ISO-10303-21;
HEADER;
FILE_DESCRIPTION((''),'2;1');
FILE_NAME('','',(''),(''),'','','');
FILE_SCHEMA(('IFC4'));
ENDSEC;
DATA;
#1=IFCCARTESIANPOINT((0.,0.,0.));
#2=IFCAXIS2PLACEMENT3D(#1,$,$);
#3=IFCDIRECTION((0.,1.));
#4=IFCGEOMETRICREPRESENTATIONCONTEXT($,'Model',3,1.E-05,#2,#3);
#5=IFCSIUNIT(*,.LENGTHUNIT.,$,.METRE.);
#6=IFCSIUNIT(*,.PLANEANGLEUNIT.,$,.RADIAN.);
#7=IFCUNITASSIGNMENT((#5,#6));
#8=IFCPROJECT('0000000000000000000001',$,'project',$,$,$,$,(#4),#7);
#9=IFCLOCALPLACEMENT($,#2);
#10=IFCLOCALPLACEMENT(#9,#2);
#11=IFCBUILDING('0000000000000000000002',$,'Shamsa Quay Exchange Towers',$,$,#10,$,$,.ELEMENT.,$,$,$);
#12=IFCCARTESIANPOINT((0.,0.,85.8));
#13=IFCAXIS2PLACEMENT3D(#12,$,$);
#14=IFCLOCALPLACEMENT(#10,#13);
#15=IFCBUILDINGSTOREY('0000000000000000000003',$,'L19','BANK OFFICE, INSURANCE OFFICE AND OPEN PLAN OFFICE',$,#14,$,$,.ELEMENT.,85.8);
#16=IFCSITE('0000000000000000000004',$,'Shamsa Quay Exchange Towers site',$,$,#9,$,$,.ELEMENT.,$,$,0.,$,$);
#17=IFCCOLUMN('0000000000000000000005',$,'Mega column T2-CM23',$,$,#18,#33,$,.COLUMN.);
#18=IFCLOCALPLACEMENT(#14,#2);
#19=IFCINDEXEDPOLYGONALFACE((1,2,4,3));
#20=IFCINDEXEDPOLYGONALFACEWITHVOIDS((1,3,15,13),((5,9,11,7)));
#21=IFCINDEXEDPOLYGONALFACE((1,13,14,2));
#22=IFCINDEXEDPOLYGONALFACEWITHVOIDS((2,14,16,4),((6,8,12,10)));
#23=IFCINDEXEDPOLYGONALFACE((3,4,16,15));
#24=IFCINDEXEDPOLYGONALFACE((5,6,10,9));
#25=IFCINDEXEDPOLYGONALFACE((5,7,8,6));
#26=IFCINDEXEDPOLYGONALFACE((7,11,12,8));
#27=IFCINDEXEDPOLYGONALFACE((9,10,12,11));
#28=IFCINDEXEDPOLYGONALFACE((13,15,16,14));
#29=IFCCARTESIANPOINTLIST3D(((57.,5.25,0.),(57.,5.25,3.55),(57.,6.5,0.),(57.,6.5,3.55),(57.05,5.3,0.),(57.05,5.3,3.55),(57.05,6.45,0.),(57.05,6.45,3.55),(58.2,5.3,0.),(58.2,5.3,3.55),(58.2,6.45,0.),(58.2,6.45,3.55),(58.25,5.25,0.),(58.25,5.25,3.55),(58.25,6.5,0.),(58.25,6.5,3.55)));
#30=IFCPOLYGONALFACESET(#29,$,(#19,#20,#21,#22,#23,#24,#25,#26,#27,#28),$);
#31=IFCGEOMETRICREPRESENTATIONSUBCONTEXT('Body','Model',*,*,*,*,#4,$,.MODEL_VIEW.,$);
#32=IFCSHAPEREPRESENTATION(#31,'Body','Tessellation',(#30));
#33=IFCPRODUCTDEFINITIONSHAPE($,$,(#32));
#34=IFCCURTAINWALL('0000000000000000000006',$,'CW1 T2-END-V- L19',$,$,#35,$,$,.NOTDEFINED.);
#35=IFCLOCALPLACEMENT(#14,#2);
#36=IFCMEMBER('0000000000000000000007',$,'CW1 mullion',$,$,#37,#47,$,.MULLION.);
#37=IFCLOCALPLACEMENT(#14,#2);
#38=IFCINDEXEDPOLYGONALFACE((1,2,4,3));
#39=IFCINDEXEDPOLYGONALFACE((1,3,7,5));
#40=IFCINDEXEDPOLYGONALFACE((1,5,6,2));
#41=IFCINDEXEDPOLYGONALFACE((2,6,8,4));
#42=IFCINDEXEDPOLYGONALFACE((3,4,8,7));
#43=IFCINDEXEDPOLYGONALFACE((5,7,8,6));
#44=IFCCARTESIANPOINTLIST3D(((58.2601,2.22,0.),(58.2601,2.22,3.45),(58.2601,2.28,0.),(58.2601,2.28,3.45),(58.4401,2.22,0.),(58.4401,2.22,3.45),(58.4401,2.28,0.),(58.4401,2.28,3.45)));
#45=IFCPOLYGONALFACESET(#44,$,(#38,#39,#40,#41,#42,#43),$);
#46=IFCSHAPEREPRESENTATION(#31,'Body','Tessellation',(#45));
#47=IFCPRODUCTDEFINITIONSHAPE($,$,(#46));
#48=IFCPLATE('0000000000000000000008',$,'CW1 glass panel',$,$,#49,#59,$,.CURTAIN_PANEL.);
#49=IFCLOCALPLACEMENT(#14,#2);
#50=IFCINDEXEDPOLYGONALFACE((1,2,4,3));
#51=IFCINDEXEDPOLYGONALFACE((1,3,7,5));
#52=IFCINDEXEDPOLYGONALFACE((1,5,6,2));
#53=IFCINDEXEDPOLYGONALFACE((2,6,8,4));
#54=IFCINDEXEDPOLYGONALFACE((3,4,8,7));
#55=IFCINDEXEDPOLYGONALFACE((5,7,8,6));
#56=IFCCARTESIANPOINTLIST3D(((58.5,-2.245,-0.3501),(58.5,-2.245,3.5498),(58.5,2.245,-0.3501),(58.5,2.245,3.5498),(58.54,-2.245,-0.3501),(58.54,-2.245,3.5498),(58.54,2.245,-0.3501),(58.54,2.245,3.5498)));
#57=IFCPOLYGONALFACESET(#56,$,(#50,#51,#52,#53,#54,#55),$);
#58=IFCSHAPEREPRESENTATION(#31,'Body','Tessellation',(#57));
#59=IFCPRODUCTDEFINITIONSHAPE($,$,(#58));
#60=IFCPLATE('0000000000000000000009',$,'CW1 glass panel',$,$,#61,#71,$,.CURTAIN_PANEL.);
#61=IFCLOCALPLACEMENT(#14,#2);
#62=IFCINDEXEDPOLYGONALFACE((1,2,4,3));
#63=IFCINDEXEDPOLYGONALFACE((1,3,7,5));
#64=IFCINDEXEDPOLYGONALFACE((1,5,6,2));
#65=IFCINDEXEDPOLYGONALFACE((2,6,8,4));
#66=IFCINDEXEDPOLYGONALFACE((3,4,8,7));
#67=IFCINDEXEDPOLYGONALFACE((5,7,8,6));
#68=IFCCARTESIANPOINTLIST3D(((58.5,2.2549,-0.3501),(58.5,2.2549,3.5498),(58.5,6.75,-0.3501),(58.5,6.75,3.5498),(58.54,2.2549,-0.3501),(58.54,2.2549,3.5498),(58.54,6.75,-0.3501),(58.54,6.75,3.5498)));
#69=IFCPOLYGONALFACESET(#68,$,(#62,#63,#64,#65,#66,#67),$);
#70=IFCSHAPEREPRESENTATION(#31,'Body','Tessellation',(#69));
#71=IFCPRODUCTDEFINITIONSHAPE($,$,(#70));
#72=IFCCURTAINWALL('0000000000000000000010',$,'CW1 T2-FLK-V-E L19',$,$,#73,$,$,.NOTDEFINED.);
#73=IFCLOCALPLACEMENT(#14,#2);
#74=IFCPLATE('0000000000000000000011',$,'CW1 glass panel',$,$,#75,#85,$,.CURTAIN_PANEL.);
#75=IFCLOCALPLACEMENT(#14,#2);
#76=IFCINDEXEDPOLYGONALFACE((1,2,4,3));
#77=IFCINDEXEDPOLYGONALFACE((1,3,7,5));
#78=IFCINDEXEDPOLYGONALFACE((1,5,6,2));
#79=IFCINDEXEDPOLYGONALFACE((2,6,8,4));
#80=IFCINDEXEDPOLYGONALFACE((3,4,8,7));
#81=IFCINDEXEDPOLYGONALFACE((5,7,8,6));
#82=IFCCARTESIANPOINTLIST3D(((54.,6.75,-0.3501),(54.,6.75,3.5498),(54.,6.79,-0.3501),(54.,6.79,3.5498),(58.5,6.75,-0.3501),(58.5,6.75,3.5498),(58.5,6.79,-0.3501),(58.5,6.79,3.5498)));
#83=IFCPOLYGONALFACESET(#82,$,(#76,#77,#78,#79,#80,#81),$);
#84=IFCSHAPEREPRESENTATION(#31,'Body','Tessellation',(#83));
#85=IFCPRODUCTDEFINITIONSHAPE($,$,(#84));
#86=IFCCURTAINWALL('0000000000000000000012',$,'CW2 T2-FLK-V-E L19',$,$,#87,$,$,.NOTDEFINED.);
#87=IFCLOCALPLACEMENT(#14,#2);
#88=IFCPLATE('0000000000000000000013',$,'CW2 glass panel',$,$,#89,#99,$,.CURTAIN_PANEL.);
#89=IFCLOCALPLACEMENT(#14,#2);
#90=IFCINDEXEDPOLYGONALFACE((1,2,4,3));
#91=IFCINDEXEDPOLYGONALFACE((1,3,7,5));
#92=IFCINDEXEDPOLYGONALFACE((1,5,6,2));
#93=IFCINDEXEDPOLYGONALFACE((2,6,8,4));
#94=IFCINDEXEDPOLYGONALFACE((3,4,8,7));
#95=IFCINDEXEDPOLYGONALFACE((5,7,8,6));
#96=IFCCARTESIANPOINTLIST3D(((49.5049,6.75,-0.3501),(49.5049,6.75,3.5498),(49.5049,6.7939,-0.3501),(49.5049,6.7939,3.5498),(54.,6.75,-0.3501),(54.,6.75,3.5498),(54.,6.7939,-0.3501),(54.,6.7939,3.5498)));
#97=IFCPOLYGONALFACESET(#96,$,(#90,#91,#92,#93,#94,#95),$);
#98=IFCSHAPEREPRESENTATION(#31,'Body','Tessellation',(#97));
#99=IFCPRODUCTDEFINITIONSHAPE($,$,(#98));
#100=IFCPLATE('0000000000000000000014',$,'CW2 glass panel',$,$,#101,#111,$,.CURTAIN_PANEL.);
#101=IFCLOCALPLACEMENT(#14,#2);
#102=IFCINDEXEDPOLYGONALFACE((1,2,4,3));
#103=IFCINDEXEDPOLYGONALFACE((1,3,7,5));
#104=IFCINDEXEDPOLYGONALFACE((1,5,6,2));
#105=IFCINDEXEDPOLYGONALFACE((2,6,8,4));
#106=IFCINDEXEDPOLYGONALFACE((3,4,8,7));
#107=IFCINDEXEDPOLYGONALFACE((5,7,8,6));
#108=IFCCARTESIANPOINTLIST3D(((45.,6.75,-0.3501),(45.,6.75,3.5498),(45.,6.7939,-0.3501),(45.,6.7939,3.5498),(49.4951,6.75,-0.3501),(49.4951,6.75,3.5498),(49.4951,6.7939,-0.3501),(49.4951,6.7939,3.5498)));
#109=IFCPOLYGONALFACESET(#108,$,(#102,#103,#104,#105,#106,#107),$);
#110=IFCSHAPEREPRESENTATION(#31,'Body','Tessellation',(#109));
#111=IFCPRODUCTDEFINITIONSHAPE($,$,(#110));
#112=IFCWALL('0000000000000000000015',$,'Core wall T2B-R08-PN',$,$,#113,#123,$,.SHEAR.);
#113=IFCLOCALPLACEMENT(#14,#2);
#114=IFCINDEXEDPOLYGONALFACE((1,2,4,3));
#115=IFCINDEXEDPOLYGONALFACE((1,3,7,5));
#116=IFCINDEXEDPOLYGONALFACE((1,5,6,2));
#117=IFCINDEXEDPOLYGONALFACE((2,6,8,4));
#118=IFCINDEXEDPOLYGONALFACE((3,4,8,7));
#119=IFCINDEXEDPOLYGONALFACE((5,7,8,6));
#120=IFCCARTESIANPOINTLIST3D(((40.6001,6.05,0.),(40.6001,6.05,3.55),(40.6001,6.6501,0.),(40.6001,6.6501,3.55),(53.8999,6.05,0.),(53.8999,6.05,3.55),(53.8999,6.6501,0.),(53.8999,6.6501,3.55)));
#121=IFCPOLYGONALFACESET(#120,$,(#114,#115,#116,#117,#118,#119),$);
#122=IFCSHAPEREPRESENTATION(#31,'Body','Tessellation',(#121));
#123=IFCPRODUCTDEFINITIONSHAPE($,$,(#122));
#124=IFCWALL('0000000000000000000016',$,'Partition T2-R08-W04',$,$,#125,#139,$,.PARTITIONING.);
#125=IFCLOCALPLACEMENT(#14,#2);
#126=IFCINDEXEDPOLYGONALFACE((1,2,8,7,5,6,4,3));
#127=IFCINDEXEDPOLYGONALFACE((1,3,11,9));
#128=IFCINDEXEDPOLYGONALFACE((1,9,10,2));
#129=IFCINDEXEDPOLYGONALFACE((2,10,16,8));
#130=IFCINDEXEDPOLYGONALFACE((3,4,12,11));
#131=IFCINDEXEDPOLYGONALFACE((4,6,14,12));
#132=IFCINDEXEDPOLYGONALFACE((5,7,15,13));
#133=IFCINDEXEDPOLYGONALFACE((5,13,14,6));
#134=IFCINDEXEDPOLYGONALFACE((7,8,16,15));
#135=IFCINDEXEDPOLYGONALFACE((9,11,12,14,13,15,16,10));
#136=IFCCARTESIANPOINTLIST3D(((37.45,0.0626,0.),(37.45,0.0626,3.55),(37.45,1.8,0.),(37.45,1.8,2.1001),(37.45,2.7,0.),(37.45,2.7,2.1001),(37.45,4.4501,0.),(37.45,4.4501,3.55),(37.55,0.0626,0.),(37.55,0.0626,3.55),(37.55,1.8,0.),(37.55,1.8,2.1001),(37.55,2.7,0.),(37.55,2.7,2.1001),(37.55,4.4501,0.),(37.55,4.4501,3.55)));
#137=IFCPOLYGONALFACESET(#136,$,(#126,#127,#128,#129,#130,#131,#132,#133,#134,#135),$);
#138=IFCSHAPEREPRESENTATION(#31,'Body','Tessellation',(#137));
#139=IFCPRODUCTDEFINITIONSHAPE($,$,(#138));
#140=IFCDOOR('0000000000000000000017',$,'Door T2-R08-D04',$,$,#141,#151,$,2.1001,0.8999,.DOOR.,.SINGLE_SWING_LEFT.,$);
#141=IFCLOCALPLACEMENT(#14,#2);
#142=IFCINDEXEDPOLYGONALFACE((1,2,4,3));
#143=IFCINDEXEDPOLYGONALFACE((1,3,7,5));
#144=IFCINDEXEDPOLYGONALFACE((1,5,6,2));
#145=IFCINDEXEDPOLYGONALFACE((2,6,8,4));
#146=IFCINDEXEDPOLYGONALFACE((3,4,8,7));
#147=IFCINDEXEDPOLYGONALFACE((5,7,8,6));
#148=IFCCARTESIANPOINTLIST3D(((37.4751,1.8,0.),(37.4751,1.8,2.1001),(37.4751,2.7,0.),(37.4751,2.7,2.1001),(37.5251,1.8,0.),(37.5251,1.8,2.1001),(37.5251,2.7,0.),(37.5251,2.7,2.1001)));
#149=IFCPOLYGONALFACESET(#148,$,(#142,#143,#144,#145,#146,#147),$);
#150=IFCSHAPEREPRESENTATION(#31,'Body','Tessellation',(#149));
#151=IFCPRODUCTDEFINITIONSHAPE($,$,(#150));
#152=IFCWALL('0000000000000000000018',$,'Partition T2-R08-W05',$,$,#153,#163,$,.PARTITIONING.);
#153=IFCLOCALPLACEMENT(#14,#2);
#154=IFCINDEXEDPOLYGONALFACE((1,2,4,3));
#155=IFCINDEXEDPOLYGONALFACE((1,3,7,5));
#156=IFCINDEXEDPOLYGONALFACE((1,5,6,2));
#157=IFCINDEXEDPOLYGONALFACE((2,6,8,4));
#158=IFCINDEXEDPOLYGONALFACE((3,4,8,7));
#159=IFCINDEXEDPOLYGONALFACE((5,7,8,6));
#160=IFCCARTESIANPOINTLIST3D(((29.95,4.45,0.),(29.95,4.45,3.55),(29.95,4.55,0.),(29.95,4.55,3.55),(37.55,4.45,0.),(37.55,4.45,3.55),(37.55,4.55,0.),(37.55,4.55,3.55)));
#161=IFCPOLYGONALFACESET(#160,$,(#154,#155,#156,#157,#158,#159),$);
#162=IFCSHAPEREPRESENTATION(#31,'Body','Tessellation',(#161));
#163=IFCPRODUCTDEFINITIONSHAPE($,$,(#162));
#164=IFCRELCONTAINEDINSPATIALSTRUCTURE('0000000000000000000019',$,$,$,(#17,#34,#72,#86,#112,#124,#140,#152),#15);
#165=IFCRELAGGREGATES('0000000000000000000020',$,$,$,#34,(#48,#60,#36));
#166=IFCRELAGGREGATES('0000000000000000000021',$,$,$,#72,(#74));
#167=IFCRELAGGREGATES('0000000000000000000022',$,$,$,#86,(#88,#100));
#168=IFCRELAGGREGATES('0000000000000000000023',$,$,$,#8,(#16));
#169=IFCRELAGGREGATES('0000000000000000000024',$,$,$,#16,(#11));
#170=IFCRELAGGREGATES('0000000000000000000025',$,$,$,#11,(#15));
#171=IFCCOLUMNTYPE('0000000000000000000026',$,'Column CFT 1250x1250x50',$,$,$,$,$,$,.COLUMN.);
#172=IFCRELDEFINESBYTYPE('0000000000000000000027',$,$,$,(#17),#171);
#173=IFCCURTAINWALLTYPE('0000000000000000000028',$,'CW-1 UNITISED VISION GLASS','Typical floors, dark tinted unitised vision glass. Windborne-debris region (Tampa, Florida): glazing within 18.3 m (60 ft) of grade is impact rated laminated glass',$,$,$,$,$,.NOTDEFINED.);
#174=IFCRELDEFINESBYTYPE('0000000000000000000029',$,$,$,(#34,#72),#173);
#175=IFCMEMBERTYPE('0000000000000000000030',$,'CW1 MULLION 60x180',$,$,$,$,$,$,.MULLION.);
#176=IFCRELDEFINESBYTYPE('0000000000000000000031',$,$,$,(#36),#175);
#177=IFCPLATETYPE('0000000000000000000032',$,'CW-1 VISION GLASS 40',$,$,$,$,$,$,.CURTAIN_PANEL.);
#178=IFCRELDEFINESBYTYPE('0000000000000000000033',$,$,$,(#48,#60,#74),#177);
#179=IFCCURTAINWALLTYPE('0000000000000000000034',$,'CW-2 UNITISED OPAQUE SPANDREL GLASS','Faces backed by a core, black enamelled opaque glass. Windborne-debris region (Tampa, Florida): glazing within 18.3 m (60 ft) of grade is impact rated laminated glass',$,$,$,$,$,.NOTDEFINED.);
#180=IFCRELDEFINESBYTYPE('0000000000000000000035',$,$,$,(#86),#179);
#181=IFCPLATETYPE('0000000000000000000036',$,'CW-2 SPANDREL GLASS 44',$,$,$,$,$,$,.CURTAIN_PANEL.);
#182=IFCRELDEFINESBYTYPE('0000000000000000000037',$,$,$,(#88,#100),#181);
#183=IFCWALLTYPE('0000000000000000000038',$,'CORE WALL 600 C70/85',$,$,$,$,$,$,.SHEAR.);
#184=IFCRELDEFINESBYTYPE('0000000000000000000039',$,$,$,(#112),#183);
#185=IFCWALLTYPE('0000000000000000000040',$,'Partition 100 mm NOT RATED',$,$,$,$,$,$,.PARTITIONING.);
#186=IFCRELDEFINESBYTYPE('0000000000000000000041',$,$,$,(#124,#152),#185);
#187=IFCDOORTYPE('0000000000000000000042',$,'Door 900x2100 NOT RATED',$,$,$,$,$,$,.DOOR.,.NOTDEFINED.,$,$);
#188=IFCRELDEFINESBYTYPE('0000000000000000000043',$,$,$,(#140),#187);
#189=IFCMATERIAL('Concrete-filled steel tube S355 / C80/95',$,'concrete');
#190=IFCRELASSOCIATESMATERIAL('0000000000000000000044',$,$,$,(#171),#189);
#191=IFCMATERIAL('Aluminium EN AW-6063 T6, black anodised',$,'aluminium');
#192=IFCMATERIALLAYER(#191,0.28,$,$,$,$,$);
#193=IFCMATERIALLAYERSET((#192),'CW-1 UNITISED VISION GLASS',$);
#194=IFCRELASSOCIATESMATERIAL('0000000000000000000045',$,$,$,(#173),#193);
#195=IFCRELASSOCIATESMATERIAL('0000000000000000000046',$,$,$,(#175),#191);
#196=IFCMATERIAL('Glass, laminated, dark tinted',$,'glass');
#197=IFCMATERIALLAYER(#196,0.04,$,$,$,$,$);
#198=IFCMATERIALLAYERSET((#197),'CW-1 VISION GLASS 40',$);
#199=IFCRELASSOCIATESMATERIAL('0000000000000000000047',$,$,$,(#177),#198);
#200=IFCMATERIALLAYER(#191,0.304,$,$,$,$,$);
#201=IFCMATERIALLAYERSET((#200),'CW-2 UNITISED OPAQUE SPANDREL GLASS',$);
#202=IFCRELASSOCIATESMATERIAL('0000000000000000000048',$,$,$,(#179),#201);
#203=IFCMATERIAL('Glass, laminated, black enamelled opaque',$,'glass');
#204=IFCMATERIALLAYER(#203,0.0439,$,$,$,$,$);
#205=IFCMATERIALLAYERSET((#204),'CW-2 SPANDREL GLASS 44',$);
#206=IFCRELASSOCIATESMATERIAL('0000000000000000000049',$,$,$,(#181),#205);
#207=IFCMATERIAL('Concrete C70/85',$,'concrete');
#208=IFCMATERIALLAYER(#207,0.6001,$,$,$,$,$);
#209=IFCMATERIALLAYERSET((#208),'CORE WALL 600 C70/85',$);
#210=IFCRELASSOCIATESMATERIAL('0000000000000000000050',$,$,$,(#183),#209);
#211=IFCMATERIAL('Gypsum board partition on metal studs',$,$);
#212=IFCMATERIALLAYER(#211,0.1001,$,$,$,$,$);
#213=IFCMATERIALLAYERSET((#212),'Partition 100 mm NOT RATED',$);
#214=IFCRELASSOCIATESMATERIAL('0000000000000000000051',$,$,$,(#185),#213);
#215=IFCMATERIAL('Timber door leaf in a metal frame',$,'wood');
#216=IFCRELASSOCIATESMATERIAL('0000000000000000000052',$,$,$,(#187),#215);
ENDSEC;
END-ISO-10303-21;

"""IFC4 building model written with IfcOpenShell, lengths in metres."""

from ifc_helpers import new_model, si_unit, direction, frame, frame_2d, origin, origin_2d, place, context, subcontext, project, spatial, rectangle, hollow_rectangle, extrude, material, layer, layer_set, material_profile, profile_set, type_object, element, fill, aggregate, save


model = new_model("IFC4")

# Units and contexts
model_context = context("Model", 3, precision=1e-05, world=origin(), true_north=direction((0.0, 1.0)))
body_context = subcontext(model_context, "Body", "Model", "MODEL_VIEW")
ifc_project = project(units=[si_unit("LENGTHUNIT", "METRE"), si_unit("PLANEANGLEUNIT", "RADIAN")], contexts=[model_context])

# Site, building, storey
site_placement = place(None, origin())
site = spatial("IfcSite", under=ifc_project, at=site_placement, Name="Shamsa Quay Exchange Towers site", CompositionType="ELEMENT", RefElevation=0.0)
building_placement = place(site_placement, origin())
building = spatial("IfcBuilding", under=site, at=building_placement, Name="Shamsa Quay Exchange Towers", CompositionType="ELEMENT")
storey_placement = place(building_placement, frame((0.0, 0.0, 85.8)))
storey = spatial("IfcBuildingStorey", under=building, at=storey_placement, Name="L19", Description="BANK OFFICE, INSURANCE OFFICE AND OPEN PLAN OFFICE", CompositionType="ELEMENT", Elevation=85.8)

# Column
ifc_material_1 = material(Name="Concrete-filled steel tube S355 / C80/95", Category="concrete")
ifc_material_profile_1 = material_profile(ifc_material_1, hollow_rectangle(XDim=1.25, YDim=1.25, WallThickness=0.05, at=origin_2d()), Name="CFT 1250x1250x50")
ifc_profile_set_1 = profile_set([ifc_material_profile_1], Name="Concrete-filled steel tube S355 / C80/95")
column_type = type_object("IfcColumnType", Name="Column CFT 1250x1250x50", PredefinedType="COLUMN", material=ifc_profile_set_1)
column_placement = place(storey_placement, frame((57.625, 5.875, 0.0)))
element("IfcColumn", 1, at=column_placement, inside=storey, type_object=column_type, Name="Mega column T2-CM23", PredefinedType="COLUMN", context=body_context, shape_type="SweptSolid", body=[
    extrude(hollow_rectangle(XDim=1.25, YDim=1.25, WallThickness=0.05, at=origin_2d()), origin(), (0.0, 0.0, 1.0), 3.55),
])

# Curtain wall, member, plates
ifc_material_2 = material(Name="Aluminium EN AW-6063 T6, black anodised", Category="aluminium")
ifc_layer_1 = layer(ifc_material_2, 0.28)
ifc_layer_set_1 = layer_set([ifc_layer_1], Name="CW-1 UNITISED VISION GLASS")
curtain_wall_type_1 = type_object("IfcCurtainWallType", Name="CW-1 UNITISED VISION GLASS", Description="Typical floors, dark tinted unitised vision glass. Windborne-debris region (Tampa, Florida): glazing within 18.3 m (60 ft) of grade is impact rated laminated glass", PredefinedType="NOTDEFINED", material=ifc_layer_set_1)
curtain_wall_1_placement = place(storey_placement, origin())
curtain_wall_1 = element("IfcCurtainWall", 2, at=curtain_wall_1_placement, inside=storey, type_object=curtain_wall_type_1, Name="CW1 T2-END-V- L19", PredefinedType="NOTDEFINED")
ifc_material_profile_2 = material_profile(ifc_material_2, rectangle(XDim=0.1799, YDim=0.0601, at=origin_2d()), Name="MU60x180")
ifc_profile_set_2 = profile_set([ifc_material_profile_2], Name="Aluminium EN AW-6063 T6, black anodised")
member_type = type_object("IfcMemberType", Name="CW1 MULLION 60x180", PredefinedType="MULLION", material=ifc_profile_set_2)
member_placement = place(storey_placement, frame((58.3501, 2.25, 0.0), z_axis=(0.0, 0.0, 1.0), x_axis=(-1.0, 0.0, 0.0)))
member = element("IfcMember", 3, at=member_placement, type_object=member_type, Name="CW1 mullion", PredefinedType="MULLION", context=body_context, shape_type="SweptSolid", body=[
    extrude(rectangle(XDim=0.1799, YDim=0.0601, at=origin_2d()), origin(), (0.0, 0.0, 1.0), 3.45),
])
ifc_material_3 = material(Name="Glass, laminated, dark tinted", Category="glass")
ifc_layer_2 = layer(ifc_material_3, 0.04)
ifc_layer_set_2 = layer_set([ifc_layer_2], Name="CW-1 VISION GLASS 40")
plate_type_1 = type_object("IfcPlateType", Name="CW-1 VISION GLASS 40", PredefinedType="CURTAIN_PANEL", material=ifc_layer_set_2)
plate_1_placement = place(storey_placement, frame((58.52, 0.0, -0.3501), z_axis=(0.0, 0.0, 1.0), x_axis=(0.0, 1.0, 0.0)))
plate_1 = element("IfcPlate", 4, at=plate_1_placement, type_object=plate_type_1, Name="CW1 glass panel", PredefinedType="CURTAIN_PANEL", context=body_context, shape_type="SweptSolid", body=[
    extrude(rectangle(XDim=4.49, YDim=0.04, at=origin_2d()), origin(), (0.0, 0.0, 1.0), 3.8999),
])
plate_2_placement = place(storey_placement, frame((58.52, 4.5024, -0.3501), z_axis=(0.0, 0.0, 1.0), x_axis=(0.0, 1.0, 0.0)))
plate_2 = element("IfcPlate", 5, at=plate_2_placement, type_object=plate_type_1, Name="CW1 glass panel", PredefinedType="CURTAIN_PANEL", context=body_context, shape_type="SweptSolid", body=[
    extrude(rectangle(XDim=4.4951, YDim=0.04, at=origin_2d()), origin(), (0.0, 0.0, 1.0), 3.8999),
])
aggregate(curtain_wall_1, [plate_1, plate_2, member])

# Curtain wall, plate
curtain_wall_2_placement = place(storey_placement, origin())
curtain_wall_2 = element("IfcCurtainWall", 6, at=curtain_wall_2_placement, inside=storey, type_object=curtain_wall_type_1, Name="CW1 T2-FLK-V-E L19", PredefinedType="NOTDEFINED")
plate_3_placement = place(storey_placement, frame((56.25, 6.77, -0.3501), z_axis=(0.0, 0.0, 1.0), x_axis=(-1.0, 0.0, 0.0)))
plate_3 = element("IfcPlate", 7, at=plate_3_placement, type_object=plate_type_1, Name="CW1 glass panel", PredefinedType="CURTAIN_PANEL", context=body_context, shape_type="SweptSolid", body=[
    extrude(rectangle(XDim=4.5, YDim=0.04, at=origin_2d()), origin(), (0.0, 0.0, 1.0), 3.8999),
])
aggregate(curtain_wall_2, [plate_3])

# Curtain wall, plates
ifc_layer_3 = layer(ifc_material_2, 0.304)
ifc_layer_set_3 = layer_set([ifc_layer_3], Name="CW-2 UNITISED OPAQUE SPANDREL GLASS")
curtain_wall_type_2 = type_object("IfcCurtainWallType", Name="CW-2 UNITISED OPAQUE SPANDREL GLASS", Description="Faces backed by a core, black enamelled opaque glass. Windborne-debris region (Tampa, Florida): glazing within 18.3 m (60 ft) of grade is impact rated laminated glass", PredefinedType="NOTDEFINED", material=ifc_layer_set_3)
curtain_wall_3_placement = place(storey_placement, origin())
curtain_wall_3 = element("IfcCurtainWall", 8, at=curtain_wall_3_placement, inside=storey, type_object=curtain_wall_type_2, Name="CW2 T2-FLK-V-E L19", PredefinedType="NOTDEFINED")
ifc_material_4 = material(Name="Glass, laminated, black enamelled opaque", Category="glass")
ifc_layer_4 = layer(ifc_material_4, 0.0439)
ifc_layer_set_4 = layer_set([ifc_layer_4], Name="CW-2 SPANDREL GLASS 44")
plate_type_2 = type_object("IfcPlateType", Name="CW-2 SPANDREL GLASS 44", PredefinedType="CURTAIN_PANEL", material=ifc_layer_set_4)
plate_4_placement = place(storey_placement, frame((51.7524, 6.772, -0.3501), z_axis=(0.0, 0.0, 1.0), x_axis=(-1.0, 0.0, 0.0)))
plate_4 = element("IfcPlate", 9, at=plate_4_placement, type_object=plate_type_2, Name="CW2 glass panel", PredefinedType="CURTAIN_PANEL", context=body_context, shape_type="SweptSolid", body=[
    extrude(rectangle(XDim=4.4951, YDim=0.0439, at=origin_2d()), origin(), (0.0, 0.0, 1.0), 3.8999),
])
plate_5_placement = place(storey_placement, frame((47.2476, 6.772, -0.3501), z_axis=(0.0, 0.0, 1.0), x_axis=(-1.0, 0.0, 0.0)))
plate_5 = element("IfcPlate", 10, at=plate_5_placement, type_object=plate_type_2, Name="CW2 glass panel", PredefinedType="CURTAIN_PANEL", context=body_context, shape_type="SweptSolid", body=[
    extrude(rectangle(XDim=4.4951, YDim=0.0439, at=origin_2d()), origin(), (0.0, 0.0, 1.0), 3.8999),
])
aggregate(curtain_wall_3, [plate_4, plate_5])

# Wall
ifc_material_5 = material(Name="Concrete C70/85", Category="concrete")
ifc_layer_5 = layer(ifc_material_5, 0.6001)
ifc_layer_set_5 = layer_set([ifc_layer_5], Name="CORE WALL 600 C70/85")
wall_type_1 = type_object("IfcWallType", Name="CORE WALL 600 C70/85", PredefinedType="SHEAR", material=ifc_layer_set_5)
wall_1_placement = place(storey_placement, frame((53.8999, 6.3501, 0.0), z_axis=(0.0, 0.0, 1.0), x_axis=(-1.0, 0.0, 0.0)))
element("IfcWall", 11, at=wall_1_placement, inside=storey, type_object=wall_type_1, Name="Core wall T2B-R08-PN", PredefinedType="SHEAR", context=body_context, shape_type="SweptSolid", body=[
    extrude(rectangle(XDim=13.2998, YDim=0.6001, at=frame_2d((6.6499, 0.0))), origin(), (0.0, 0.0, 1.0), 3.55),
])

# Wall, opening, door
ifc_material_6 = material(Name="Gypsum board partition on metal studs")
ifc_layer_6 = layer(ifc_material_6, 0.1001)
ifc_layer_set_6 = layer_set([ifc_layer_6], Name="Partition 100 mm NOT RATED")
wall_type_2 = type_object("IfcWallType", Name="Partition 100 mm NOT RATED", PredefinedType="PARTITIONING", material=ifc_layer_set_6)
wall_2_placement = place(storey_placement, frame((37.5, 0.0625, 0.0), z_axis=(0.0, 0.0, 1.0), x_axis=(0.0, 1.0, 0.0)))
wall_2 = element("IfcWall", 12, at=wall_2_placement, inside=storey, type_object=wall_type_2, Name="Partition T2-R08-W04", PredefinedType="PARTITIONING", context=body_context, shape_type="SweptSolid", body=[
    extrude(rectangle(XDim=4.3875, YDim=0.1001, at=frame_2d((2.1938, 0.0))), origin(), (0.0, 0.0, 1.0), 3.55),
])
opening_1_placement = place(wall_2_placement, frame((1.7375, 0.0, 0.0)))
opening_1 = element("IfcOpeningElement", 13, at=opening_1_placement, cuts=wall_2, PredefinedType="OPENING", context=body_context, shape_type="SweptSolid", body=[
    extrude(rectangle(XDim=0.8999, YDim=2.1001, at=frame_2d((0.45, 1.05))), frame((0.0, 0.0601, 0.0), z_axis=(0.0, -1.0, 0.0), x_axis=(1.0, 0.0, 0.0)), (0.0, 0.0, 1.0), 0.1201),
])
ifc_material_7 = material(Name="Timber door leaf in a metal frame", Category="wood")
door_type_1 = type_object("IfcDoorType", Name="Door 900x2100 NOT RATED", OperationType="NOTDEFINED", PredefinedType="DOOR", material=ifc_material_7)
door_1_placement = place(opening_1_placement, origin())
door_1 = element("IfcDoor", 14, at=door_1_placement, inside=storey, type_object=door_type_1, Name="Door T2-R08-D04", OperationType="SINGLE_SWING_LEFT", OverallHeight=2.1001, OverallWidth=0.8999, PredefinedType="DOOR", context=body_context, shape_type="SweptSolid", body=[
    extrude(rectangle(XDim=0.8999, YDim=2.1001, at=frame_2d((0.45, 1.05))), frame((0.0, 0.0249, 0.0), z_axis=(0.0, -1.0, 0.0), x_axis=(1.0, 0.0, 0.0)), (0.0, 0.0, 1.0), 0.05),
])
fill(opening_1, door_1)

# Wall
wall_3_placement = place(storey_placement, frame((37.55, 4.5, 0.0), z_axis=(0.0, 0.0, 1.0), x_axis=(-1.0, 0.0, 0.0)))
element("IfcWall", 15, at=wall_3_placement, inside=storey, type_object=wall_type_2, Name="Partition T2-R08-W05", PredefinedType="PARTITIONING", context=body_context, shape_type="SweptSolid", body=[
    extrude(rectangle(XDim=7.6001, YDim=0.1001, at=frame_2d((3.8, 0.0))), origin(), (0.0, 0.0, 1.0), 3.55),
])

save(model, "model.ifc")
